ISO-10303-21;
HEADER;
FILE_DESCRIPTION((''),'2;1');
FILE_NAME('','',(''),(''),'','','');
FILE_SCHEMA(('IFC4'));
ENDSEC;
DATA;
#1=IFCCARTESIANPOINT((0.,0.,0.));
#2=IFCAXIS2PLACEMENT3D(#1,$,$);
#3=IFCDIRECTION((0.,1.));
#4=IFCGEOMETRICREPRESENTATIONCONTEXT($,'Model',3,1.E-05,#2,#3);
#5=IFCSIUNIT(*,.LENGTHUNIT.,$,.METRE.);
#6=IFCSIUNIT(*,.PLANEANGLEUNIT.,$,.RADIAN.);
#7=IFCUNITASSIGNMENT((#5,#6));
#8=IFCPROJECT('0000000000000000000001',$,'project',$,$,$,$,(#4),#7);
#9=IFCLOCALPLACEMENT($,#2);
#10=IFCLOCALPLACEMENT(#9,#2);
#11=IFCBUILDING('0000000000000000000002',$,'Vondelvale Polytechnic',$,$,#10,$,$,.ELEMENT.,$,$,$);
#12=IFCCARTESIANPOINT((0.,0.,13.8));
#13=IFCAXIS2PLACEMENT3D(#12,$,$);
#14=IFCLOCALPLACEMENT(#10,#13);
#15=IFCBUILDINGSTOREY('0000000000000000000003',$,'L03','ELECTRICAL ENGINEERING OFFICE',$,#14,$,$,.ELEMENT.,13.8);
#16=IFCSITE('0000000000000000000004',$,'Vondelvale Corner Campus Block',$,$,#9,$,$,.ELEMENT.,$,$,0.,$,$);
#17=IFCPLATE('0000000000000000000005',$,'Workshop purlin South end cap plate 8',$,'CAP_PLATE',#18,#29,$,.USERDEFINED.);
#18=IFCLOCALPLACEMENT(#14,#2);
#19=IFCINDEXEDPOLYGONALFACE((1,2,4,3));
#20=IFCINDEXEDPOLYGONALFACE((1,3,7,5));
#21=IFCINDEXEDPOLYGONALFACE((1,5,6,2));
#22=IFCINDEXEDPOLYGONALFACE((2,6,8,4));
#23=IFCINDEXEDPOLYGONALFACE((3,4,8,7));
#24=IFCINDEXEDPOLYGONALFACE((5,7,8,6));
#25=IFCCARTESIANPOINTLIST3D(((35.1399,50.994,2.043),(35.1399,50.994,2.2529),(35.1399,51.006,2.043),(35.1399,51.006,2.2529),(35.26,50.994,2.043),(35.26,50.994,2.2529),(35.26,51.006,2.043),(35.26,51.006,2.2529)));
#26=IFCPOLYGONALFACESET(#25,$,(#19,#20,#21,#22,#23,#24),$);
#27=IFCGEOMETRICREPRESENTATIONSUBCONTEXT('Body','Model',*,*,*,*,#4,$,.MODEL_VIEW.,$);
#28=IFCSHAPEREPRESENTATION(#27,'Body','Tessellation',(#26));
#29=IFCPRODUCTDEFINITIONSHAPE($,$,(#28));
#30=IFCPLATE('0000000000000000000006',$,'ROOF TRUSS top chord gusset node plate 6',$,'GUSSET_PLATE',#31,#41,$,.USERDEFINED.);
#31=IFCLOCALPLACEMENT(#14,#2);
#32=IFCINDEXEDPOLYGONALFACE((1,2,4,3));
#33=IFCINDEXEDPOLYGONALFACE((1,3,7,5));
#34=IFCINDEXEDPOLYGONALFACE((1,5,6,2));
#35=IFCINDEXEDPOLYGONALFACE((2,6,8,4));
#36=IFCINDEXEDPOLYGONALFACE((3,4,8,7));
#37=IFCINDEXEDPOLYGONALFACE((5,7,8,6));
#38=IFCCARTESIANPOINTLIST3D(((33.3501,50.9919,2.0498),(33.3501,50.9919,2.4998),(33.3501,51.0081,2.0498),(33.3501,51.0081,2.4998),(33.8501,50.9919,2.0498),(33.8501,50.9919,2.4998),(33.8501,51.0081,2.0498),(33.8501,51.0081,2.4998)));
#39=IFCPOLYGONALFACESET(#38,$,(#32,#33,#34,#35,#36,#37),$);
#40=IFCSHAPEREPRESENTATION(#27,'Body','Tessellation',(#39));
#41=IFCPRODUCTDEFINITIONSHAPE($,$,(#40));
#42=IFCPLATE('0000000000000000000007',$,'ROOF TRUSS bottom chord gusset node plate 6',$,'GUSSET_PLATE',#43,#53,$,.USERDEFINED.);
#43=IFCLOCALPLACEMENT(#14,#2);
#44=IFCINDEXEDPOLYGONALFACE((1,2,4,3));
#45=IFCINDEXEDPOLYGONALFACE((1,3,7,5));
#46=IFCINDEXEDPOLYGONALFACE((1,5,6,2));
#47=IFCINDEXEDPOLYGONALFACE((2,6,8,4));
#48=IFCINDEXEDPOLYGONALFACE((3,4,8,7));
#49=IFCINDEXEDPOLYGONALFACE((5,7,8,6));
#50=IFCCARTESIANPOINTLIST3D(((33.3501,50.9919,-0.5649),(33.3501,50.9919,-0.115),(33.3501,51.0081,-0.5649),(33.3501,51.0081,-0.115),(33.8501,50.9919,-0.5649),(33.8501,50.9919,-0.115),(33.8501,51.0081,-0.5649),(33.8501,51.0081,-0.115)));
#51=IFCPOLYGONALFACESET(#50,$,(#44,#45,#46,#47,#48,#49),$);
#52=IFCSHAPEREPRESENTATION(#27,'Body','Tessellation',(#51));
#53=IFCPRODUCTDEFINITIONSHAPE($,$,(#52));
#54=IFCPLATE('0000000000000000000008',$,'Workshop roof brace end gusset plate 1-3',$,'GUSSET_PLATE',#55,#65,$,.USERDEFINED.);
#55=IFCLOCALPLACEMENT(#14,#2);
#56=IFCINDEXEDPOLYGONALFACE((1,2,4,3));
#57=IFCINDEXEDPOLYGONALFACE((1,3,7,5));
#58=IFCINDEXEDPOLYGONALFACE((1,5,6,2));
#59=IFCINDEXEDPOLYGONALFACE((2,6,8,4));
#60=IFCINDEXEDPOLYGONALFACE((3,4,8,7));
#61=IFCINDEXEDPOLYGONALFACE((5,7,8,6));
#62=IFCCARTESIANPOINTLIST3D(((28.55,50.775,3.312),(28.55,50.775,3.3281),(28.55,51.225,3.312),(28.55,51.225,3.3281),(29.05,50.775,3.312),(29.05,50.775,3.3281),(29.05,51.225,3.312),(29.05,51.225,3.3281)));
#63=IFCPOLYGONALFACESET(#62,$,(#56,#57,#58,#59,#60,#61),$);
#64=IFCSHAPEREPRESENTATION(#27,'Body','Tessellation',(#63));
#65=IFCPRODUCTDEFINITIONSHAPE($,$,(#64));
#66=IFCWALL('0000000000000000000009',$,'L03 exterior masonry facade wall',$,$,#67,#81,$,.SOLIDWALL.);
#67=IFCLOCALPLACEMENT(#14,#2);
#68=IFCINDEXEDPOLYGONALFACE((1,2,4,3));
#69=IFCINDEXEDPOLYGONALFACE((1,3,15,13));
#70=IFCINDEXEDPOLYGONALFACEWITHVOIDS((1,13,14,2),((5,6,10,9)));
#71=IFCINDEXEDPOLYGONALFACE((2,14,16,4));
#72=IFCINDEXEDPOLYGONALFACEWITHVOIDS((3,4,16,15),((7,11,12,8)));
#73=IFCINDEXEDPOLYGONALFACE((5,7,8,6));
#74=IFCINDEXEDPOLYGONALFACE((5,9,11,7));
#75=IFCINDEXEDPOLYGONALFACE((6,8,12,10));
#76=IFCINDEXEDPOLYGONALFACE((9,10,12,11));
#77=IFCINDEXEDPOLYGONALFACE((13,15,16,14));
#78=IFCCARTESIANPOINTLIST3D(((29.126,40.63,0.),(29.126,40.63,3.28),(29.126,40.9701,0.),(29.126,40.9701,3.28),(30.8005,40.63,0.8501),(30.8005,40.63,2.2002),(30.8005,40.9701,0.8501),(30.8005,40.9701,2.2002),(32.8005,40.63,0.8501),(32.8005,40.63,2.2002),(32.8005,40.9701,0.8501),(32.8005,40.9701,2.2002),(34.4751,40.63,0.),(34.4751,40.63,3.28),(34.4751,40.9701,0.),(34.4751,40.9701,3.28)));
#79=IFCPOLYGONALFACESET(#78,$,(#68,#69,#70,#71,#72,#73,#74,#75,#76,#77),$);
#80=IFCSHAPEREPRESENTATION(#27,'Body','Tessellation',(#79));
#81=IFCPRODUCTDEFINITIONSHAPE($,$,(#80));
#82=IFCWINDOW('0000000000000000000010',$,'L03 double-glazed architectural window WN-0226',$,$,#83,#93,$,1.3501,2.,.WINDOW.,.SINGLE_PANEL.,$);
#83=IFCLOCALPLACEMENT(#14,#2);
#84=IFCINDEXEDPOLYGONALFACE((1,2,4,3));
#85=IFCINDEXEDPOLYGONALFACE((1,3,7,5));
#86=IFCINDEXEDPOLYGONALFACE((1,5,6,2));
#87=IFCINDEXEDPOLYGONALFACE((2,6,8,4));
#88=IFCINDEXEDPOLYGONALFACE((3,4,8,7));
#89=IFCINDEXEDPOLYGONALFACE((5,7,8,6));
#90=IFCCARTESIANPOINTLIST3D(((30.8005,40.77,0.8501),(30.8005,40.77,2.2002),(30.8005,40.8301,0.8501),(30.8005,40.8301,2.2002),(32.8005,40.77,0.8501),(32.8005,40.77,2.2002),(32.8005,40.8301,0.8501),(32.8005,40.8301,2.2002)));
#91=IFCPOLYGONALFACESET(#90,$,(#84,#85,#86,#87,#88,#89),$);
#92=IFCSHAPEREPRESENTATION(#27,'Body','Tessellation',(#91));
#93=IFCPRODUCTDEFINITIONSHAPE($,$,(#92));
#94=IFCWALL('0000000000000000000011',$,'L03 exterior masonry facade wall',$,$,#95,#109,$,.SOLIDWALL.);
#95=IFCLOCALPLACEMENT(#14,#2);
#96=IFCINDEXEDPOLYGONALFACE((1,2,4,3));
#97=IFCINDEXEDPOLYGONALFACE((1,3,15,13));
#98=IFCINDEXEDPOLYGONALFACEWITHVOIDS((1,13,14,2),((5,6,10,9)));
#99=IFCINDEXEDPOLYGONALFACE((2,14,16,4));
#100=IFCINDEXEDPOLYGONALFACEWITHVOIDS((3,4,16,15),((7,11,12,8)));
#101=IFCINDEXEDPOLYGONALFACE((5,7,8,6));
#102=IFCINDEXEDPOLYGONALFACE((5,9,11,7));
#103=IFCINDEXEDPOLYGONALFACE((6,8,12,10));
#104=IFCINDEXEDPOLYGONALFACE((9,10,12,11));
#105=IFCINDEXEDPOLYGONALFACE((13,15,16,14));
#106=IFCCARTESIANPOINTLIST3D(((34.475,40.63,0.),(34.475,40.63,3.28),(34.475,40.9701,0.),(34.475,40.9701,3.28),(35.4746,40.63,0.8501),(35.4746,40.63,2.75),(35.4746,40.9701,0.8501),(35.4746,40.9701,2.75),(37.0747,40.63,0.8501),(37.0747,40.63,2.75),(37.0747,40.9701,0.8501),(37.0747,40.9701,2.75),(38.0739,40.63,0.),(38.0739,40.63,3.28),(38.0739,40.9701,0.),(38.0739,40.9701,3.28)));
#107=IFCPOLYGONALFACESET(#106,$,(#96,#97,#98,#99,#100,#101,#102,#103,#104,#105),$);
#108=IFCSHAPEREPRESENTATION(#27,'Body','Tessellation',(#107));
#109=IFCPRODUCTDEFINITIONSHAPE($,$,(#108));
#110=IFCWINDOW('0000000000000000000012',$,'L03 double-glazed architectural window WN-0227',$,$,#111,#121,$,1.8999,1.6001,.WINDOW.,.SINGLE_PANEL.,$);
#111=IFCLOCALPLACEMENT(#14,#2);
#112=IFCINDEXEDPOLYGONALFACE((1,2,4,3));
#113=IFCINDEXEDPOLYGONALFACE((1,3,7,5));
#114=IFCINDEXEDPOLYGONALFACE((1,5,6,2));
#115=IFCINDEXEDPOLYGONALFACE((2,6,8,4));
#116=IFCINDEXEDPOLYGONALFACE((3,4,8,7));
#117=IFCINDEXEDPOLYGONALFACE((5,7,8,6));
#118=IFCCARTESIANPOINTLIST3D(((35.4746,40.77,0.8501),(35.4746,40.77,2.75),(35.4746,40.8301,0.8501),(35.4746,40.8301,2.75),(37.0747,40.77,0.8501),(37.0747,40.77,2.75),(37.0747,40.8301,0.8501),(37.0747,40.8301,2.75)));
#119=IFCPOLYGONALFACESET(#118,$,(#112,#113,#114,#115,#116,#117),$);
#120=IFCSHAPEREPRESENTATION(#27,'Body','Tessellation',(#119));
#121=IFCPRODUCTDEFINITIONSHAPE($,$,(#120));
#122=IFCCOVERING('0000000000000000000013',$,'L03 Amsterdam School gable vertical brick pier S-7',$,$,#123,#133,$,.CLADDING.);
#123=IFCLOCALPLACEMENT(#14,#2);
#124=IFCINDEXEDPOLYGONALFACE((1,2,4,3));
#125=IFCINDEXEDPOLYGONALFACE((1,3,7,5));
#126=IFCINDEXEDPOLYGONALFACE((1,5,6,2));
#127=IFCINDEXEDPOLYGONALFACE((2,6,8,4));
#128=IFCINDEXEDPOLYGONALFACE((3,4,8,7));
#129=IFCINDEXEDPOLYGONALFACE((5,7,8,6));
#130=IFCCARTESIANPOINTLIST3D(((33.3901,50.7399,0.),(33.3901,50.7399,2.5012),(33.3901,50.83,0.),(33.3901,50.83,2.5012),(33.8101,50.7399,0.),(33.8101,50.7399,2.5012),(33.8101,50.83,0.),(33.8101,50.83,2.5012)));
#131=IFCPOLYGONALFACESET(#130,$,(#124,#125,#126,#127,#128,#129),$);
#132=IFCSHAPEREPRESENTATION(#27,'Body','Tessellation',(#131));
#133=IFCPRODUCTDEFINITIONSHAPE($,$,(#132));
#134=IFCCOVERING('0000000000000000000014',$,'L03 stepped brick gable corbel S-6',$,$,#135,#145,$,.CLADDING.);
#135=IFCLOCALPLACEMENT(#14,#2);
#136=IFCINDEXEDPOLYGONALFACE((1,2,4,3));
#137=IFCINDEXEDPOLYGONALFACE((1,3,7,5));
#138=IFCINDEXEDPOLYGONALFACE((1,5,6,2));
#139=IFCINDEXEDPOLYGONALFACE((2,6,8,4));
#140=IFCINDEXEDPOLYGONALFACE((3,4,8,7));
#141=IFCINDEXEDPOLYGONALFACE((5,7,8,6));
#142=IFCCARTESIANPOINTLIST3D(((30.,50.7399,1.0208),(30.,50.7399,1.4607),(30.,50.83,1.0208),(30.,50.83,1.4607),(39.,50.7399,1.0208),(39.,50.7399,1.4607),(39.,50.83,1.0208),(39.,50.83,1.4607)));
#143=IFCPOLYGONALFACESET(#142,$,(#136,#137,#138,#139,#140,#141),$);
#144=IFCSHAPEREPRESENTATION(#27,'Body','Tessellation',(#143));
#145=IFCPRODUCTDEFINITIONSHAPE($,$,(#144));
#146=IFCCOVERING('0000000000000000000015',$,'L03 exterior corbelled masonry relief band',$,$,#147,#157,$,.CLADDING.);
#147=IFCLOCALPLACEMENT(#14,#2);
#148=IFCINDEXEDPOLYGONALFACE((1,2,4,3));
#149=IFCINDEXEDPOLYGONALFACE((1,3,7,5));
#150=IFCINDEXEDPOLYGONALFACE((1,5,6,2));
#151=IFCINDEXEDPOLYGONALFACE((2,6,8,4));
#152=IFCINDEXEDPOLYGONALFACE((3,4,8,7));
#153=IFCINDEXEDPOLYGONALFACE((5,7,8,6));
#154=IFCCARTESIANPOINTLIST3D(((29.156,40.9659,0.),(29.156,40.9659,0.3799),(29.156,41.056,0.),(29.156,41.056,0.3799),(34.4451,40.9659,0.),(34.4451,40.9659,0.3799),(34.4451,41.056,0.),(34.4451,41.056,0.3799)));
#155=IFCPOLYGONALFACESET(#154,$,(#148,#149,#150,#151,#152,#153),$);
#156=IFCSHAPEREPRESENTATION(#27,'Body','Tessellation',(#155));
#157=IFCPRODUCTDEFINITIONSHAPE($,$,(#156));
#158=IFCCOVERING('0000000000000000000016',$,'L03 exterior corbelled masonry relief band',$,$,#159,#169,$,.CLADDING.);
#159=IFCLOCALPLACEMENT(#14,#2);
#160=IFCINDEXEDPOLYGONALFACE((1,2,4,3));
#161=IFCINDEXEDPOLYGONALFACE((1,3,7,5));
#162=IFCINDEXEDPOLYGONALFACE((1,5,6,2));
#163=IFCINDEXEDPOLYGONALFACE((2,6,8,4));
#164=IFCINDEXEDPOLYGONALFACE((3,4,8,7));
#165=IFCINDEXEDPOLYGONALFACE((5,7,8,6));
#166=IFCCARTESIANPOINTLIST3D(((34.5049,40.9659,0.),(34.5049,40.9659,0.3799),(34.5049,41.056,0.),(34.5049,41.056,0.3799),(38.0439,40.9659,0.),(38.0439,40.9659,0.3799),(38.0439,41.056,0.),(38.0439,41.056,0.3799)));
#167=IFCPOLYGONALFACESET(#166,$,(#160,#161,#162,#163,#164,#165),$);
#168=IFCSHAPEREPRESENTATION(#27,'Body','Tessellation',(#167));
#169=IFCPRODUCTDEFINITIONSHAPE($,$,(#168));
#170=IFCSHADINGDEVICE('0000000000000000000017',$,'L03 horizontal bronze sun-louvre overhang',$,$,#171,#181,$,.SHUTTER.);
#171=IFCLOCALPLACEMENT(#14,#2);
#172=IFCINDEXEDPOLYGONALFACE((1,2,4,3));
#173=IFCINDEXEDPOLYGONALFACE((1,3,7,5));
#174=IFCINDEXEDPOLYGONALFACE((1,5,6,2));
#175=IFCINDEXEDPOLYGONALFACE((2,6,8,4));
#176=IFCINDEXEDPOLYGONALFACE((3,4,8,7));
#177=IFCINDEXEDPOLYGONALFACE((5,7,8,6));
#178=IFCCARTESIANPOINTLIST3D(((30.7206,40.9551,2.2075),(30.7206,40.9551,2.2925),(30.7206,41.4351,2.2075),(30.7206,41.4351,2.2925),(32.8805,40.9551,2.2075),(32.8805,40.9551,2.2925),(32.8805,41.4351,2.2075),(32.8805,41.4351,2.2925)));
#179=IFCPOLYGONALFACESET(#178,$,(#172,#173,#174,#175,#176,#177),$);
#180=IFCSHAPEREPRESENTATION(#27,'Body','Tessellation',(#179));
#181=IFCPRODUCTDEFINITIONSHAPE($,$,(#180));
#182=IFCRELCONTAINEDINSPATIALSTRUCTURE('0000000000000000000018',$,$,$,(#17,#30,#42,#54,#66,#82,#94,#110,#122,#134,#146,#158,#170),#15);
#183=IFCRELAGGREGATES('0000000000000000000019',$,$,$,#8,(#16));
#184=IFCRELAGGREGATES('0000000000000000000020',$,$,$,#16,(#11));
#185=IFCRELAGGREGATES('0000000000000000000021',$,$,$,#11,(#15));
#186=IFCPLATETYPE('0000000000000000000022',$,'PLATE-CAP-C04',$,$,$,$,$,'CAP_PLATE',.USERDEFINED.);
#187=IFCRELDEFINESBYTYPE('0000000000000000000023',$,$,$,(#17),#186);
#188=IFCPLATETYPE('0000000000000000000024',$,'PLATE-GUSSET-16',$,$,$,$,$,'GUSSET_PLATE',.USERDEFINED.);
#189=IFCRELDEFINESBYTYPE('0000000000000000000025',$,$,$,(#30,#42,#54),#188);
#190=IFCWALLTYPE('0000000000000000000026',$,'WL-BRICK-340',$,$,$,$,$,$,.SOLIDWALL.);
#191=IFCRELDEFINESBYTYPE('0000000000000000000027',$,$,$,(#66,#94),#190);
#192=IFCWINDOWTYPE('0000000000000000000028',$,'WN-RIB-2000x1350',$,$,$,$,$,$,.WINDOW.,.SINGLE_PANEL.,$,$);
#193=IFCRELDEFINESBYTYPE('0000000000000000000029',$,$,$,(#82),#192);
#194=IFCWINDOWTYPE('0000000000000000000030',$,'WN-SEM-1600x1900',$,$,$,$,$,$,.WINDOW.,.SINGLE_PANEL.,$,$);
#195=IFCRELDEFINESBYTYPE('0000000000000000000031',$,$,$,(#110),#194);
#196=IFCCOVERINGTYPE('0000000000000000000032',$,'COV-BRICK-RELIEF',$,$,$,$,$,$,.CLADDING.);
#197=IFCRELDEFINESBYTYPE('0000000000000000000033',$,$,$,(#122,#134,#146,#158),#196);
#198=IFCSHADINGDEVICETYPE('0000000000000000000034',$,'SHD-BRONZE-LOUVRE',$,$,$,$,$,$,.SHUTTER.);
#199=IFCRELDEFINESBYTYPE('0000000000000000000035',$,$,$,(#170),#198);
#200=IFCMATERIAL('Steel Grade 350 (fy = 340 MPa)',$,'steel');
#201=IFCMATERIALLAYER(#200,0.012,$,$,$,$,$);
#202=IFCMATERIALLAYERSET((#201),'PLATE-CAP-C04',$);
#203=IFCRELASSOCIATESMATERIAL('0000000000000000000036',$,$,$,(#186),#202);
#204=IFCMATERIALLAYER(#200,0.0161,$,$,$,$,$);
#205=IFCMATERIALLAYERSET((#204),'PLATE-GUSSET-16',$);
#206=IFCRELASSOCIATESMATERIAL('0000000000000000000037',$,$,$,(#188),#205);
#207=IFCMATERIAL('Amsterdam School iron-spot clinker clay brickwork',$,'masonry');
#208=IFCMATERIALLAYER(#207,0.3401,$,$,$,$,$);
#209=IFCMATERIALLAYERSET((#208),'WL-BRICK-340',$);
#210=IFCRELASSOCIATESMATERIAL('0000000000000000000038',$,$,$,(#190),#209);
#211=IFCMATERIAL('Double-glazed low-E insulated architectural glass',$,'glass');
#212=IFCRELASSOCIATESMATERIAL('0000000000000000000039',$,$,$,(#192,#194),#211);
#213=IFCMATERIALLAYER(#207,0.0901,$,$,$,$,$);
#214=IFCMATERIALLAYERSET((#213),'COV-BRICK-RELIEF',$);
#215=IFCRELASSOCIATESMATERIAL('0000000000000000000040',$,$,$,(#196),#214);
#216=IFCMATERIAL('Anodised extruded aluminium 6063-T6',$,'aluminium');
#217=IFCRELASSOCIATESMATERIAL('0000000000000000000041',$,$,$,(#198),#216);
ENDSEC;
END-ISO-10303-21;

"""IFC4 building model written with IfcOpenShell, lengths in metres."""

from ifc_helpers import new_model, si_unit, direction, frame, frame_2d, origin, origin_2d, place, context, subcontext, project, spatial, rectangle, extrude, material, layer, layer_set, type_object, element, fill, save


model = new_model("IFC4")

# Units and contexts
model_context = context("Model", 3, precision=1e-05, world=origin(), true_north=direction((0.0, 1.0)))
body_context = subcontext(model_context, "Body", "Model", "MODEL_VIEW")
ifc_project = project(units=[si_unit("LENGTHUNIT", "METRE"), si_unit("PLANEANGLEUNIT", "RADIAN")], contexts=[model_context])

# Site, building, storey
site_placement = place(None, origin())
site = spatial("IfcSite", under=ifc_project, at=site_placement, Name="Vondelvale Corner Campus Block", CompositionType="ELEMENT", RefElevation=0.0)
building_placement = place(site_placement, origin())
building = spatial("IfcBuilding", under=site, at=building_placement, Name="Vondelvale Polytechnic", CompositionType="ELEMENT")
storey_placement = place(building_placement, frame((0.0, 0.0, 13.8)))
storey = spatial("IfcBuildingStorey", under=building, at=storey_placement, Name="L03", Description="ELECTRICAL ENGINEERING OFFICE", CompositionType="ELEMENT", Elevation=13.8)

# Plates
ifc_material_1 = material(Name="Steel Grade 350 (fy = 340 MPa)", Category="steel")
ifc_layer_1 = layer(ifc_material_1, 0.012)
ifc_layer_set_1 = layer_set([ifc_layer_1], Name="PLATE-CAP-C04")
plate_type_1 = type_object("IfcPlateType", Name="PLATE-CAP-C04", ElementType="CAP_PLATE", PredefinedType="USERDEFINED", material=ifc_layer_set_1)
plate_1_placement = place(storey_placement, frame((35.2, 51.0, 2.043), z_axis=(0.0, 0.0, 1.0), x_axis=(1.0, 0.0, 0.0)))
element("IfcPlate", 1, at=plate_1_placement, inside=storey, type_object=plate_type_1, Name="Workshop purlin South end cap plate 8", ObjectType="CAP_PLATE", PredefinedType="USERDEFINED", context=body_context, shape_type="SweptSolid", body=[
    extrude(rectangle(XDim=0.1201, YDim=0.012, at=origin_2d()), origin(), (0.0, 0.0, 1.0), 0.21),
])
ifc_layer_2 = layer(ifc_material_1, 0.0161)
ifc_layer_set_2 = layer_set([ifc_layer_2], Name="PLATE-GUSSET-16")
plate_type_2 = type_object("IfcPlateType", Name="PLATE-GUSSET-16", ElementType="GUSSET_PLATE", PredefinedType="USERDEFINED", material=ifc_layer_set_2)
for number, where, z_axis, x_axis, name in (
    (2, (33.6001, 51.0, 2.0498), (0.0, 0.0, 1.0), (1.0, 0.0, 0.0), "ROOF TRUSS top chord gusset node plate 6"),
    (3, (33.6001, 51.0, -0.5649), (0.0, 0.0, 1.0), (1.0, 0.0, 0.0), "ROOF TRUSS bottom chord gusset node plate 6"),
):
    element("IfcPlate", number, at=place(storey_placement, frame(where, z_axis=z_axis, x_axis=x_axis)), inside=storey, type_object=plate_type_2, Name=name, ObjectType="GUSSET_PLATE", PredefinedType="USERDEFINED", context=body_context, shape_type="SweptSolid", body=[
        extrude(rectangle(XDim=0.5, YDim=0.0161, at=origin_2d()), origin(), (0.0, 0.0, 1.0), 0.45),
    ])
plate_2_placement = place(storey_placement, frame((28.8, 51.0, 3.312), z_axis=(0.0, 0.0, 1.0), x_axis=(1.0, 0.0, 0.0)))
element("IfcPlate", 4, at=plate_2_placement, inside=storey, type_object=plate_type_2, Name="Workshop roof brace end gusset plate 1-3", ObjectType="GUSSET_PLATE", PredefinedType="USERDEFINED", context=body_context, shape_type="SweptSolid", body=[
    extrude(rectangle(XDim=0.5, YDim=0.45, at=origin_2d()), origin(), (0.0, 0.0, 1.0), 0.0161),
])

# Walls, openings, windows
ifc_material_2 = material(Name="Amsterdam School iron-spot clinker clay brickwork", Category="masonry")
ifc_layer_3 = layer(ifc_material_2, 0.3401)
ifc_layer_set_3 = layer_set([ifc_layer_3], Name="WL-BRICK-340")
wall_type = type_object("IfcWallType", Name="WL-BRICK-340", PredefinedType="SOLIDWALL", material=ifc_layer_set_3)
wall_1_placement = place(storey_placement, frame((29.126, 40.8, 0.0), z_axis=(0.0, 0.0, 1.0), x_axis=(1.0, 0.0, 0.0)))
wall_1 = element("IfcWall", 5, at=wall_1_placement, inside=storey, type_object=wall_type, Name="L03 exterior masonry facade wall", PredefinedType="SOLIDWALL", context=body_context, shape_type="SweptSolid", body=[
    extrude(rectangle(XDim=5.3491, YDim=0.3401, at=frame_2d((2.6746, 0.0))), origin(), (0.0, 0.0, 1.0), 3.28),
])
opening_1_placement = place(wall_1_placement, frame((1.6746, 0.0, 0.8501)))
opening_1 = element("IfcOpeningElement", 6, at=opening_1_placement, cuts=wall_1, PredefinedType="OPENING", context=body_context, shape_type="SweptSolid", body=[
    extrude(rectangle(XDim=2.0, YDim=1.3501, at=frame_2d((1.0, 0.675))), frame((0.0, 0.1799, 0.0), z_axis=(0.0, -1.0, 0.0), x_axis=(1.0, 0.0, 0.0)), (0.0, 0.0, 1.0), 0.3601),
])
ifc_material_3 = material(Name="Double-glazed low-E insulated architectural glass", Category="glass")
window_type_1 = type_object("IfcWindowType", Name="WN-RIB-2000x1350", PartitioningType="SINGLE_PANEL", PredefinedType="WINDOW", material=ifc_material_3)
window_1_placement = place(opening_1_placement, origin())
window_1 = element("IfcWindow", 7, at=window_1_placement, inside=storey, type_object=window_type_1, Name="L03 double-glazed architectural window WN-0226", OverallHeight=1.3501, OverallWidth=2.0, PartitioningType="SINGLE_PANEL", PredefinedType="WINDOW", context=body_context, shape_type="SweptSolid", body=[
    extrude(rectangle(XDim=2.0, YDim=1.3501, at=frame_2d((1.0, 0.675))), frame((0.0, 0.03, 0.0), z_axis=(0.0, -1.0, 0.0), x_axis=(1.0, 0.0, 0.0)), (0.0, 0.0, 1.0), 0.0601),
])
fill(opening_1, window_1)
wall_2_placement = place(storey_placement, frame((34.4751, 40.8, 0.0), z_axis=(0.0, 0.0, 1.0), x_axis=(1.0, 0.0, 0.0)))
wall_2 = element("IfcWall", 8, at=wall_2_placement, inside=storey, type_object=wall_type, Name="L03 exterior masonry facade wall", PredefinedType="SOLIDWALL", context=body_context, shape_type="SweptSolid", body=[
    extrude(rectangle(XDim=3.5989, YDim=0.3401, at=frame_2d((1.7993, 0.0))), origin(), (0.0, 0.0, 1.0), 3.28),
])
opening_2_placement = place(wall_2_placement, frame((0.9995, 0.0, 0.8501)))
opening_2 = element("IfcOpeningElement", 9, at=opening_2_placement, cuts=wall_2, PredefinedType="OPENING", context=body_context, shape_type="SweptSolid", body=[
    extrude(rectangle(XDim=1.6001, YDim=1.8999, at=frame_2d((0.8, 0.95))), frame((0.0, 0.1799, 0.0), z_axis=(0.0, -1.0, 0.0), x_axis=(1.0, 0.0, 0.0)), (0.0, 0.0, 1.0), 0.3601),
])
window_type_2 = type_object("IfcWindowType", Name="WN-SEM-1600x1900", PartitioningType="SINGLE_PANEL", PredefinedType="WINDOW", material=ifc_material_3)
window_2_placement = place(opening_2_placement, origin())
window_2 = element("IfcWindow", 10, at=window_2_placement, inside=storey, type_object=window_type_2, Name="L03 double-glazed architectural window WN-0227", OverallHeight=1.8999, OverallWidth=1.6001, PartitioningType="SINGLE_PANEL", PredefinedType="WINDOW", context=body_context, shape_type="SweptSolid", body=[
    extrude(rectangle(XDim=1.6001, YDim=1.8999, at=frame_2d((0.8, 0.95))), frame((0.0, 0.03, 0.0), z_axis=(0.0, -1.0, 0.0), x_axis=(1.0, 0.0, 0.0)), (0.0, 0.0, 1.0), 0.0601),
])
fill(opening_2, window_2)

# Coverings
ifc_layer_4 = layer(ifc_material_2, 0.0901)
ifc_layer_set_4 = layer_set([ifc_layer_4], Name="COV-BRICK-RELIEF")
covering_type = type_object("IfcCoveringType", Name="COV-BRICK-RELIEF", PredefinedType="CLADDING", material=ifc_layer_set_4)
covering_1_placement = place(storey_placement, frame((33.6001, 50.7849, 0.0), z_axis=(0.0, 0.0, 1.0), x_axis=(1.0, 0.0, 0.0)))
element("IfcCovering", 11, at=covering_1_placement, inside=storey, type_object=covering_type, Name="L03 Amsterdam School gable vertical brick pier S-7", PredefinedType="CLADDING", context=body_context, shape_type="SweptSolid", body=[
    extrude(rectangle(XDim=0.4199, YDim=0.0901, at=origin_2d()), origin(), (0.0, 0.0, 1.0), 2.5012),
])
covering_2_placement = place(storey_placement, frame((34.5, 50.7849, 1.0208), z_axis=(0.0, 0.0, 1.0), x_axis=(1.0, 0.0, 0.0)))
element("IfcCovering", 12, at=covering_2_placement, inside=storey, type_object=covering_type, Name="L03 stepped brick gable corbel S-6", PredefinedType="CLADDING", context=body_context, shape_type="SweptSolid", body=[
    extrude(rectangle(XDim=9.0, YDim=0.0901, at=origin_2d()), origin(), (0.0, 0.0, 1.0), 0.4399),
])
covering_3_placement = place(storey_placement, frame((31.8005, 41.011, 0.0), z_axis=(0.0, 0.0, 1.0), x_axis=(1.0, 0.0, 0.0)))
element("IfcCovering", 13, at=covering_3_placement, inside=storey, type_object=covering_type, Name="L03 exterior corbelled masonry relief band", PredefinedType="CLADDING", context=body_context, shape_type="SweptSolid", body=[
    extrude(rectangle(XDim=5.2891, YDim=0.0901, at=origin_2d()), origin(), (0.0, 0.0, 1.0), 0.3799),
])
covering_4_placement = place(storey_placement, frame((36.2744, 41.011, 0.0), z_axis=(0.0, 0.0, 1.0), x_axis=(1.0, 0.0, 0.0)))
element("IfcCovering", 14, at=covering_4_placement, inside=storey, type_object=covering_type, Name="L03 exterior corbelled masonry relief band", PredefinedType="CLADDING", context=body_context, shape_type="SweptSolid", body=[
    extrude(rectangle(XDim=3.5391, YDim=0.0901, at=origin_2d()), origin(), (0.0, 0.0, 1.0), 0.3799),
])

# Shading device
ifc_material_4 = material(Name="Anodised extruded aluminium 6063-T6", Category="aluminium")
shading_device_type = type_object("IfcShadingDeviceType", Name="SHD-BRONZE-LOUVRE", PredefinedType="SHUTTER", material=ifc_material_4)
shading_device_1_placement = place(storey_placement, frame((31.8005, 41.1951, 2.2075), z_axis=(0.0, 0.0, 1.0), x_axis=(1.0, 0.0, 0.0)))
element("IfcShadingDevice", 15, at=shading_device_1_placement, inside=storey, type_object=shading_device_type, Name="L03 horizontal bronze sun-louvre overhang", PredefinedType="SHUTTER", context=body_context, shape_type="SweptSolid", body=[
    extrude(rectangle(XDim=2.1599, YDim=0.48, at=origin_2d()), origin(), (0.0, 0.0, 1.0), 0.085),
])

save(model, "model.ifc")
